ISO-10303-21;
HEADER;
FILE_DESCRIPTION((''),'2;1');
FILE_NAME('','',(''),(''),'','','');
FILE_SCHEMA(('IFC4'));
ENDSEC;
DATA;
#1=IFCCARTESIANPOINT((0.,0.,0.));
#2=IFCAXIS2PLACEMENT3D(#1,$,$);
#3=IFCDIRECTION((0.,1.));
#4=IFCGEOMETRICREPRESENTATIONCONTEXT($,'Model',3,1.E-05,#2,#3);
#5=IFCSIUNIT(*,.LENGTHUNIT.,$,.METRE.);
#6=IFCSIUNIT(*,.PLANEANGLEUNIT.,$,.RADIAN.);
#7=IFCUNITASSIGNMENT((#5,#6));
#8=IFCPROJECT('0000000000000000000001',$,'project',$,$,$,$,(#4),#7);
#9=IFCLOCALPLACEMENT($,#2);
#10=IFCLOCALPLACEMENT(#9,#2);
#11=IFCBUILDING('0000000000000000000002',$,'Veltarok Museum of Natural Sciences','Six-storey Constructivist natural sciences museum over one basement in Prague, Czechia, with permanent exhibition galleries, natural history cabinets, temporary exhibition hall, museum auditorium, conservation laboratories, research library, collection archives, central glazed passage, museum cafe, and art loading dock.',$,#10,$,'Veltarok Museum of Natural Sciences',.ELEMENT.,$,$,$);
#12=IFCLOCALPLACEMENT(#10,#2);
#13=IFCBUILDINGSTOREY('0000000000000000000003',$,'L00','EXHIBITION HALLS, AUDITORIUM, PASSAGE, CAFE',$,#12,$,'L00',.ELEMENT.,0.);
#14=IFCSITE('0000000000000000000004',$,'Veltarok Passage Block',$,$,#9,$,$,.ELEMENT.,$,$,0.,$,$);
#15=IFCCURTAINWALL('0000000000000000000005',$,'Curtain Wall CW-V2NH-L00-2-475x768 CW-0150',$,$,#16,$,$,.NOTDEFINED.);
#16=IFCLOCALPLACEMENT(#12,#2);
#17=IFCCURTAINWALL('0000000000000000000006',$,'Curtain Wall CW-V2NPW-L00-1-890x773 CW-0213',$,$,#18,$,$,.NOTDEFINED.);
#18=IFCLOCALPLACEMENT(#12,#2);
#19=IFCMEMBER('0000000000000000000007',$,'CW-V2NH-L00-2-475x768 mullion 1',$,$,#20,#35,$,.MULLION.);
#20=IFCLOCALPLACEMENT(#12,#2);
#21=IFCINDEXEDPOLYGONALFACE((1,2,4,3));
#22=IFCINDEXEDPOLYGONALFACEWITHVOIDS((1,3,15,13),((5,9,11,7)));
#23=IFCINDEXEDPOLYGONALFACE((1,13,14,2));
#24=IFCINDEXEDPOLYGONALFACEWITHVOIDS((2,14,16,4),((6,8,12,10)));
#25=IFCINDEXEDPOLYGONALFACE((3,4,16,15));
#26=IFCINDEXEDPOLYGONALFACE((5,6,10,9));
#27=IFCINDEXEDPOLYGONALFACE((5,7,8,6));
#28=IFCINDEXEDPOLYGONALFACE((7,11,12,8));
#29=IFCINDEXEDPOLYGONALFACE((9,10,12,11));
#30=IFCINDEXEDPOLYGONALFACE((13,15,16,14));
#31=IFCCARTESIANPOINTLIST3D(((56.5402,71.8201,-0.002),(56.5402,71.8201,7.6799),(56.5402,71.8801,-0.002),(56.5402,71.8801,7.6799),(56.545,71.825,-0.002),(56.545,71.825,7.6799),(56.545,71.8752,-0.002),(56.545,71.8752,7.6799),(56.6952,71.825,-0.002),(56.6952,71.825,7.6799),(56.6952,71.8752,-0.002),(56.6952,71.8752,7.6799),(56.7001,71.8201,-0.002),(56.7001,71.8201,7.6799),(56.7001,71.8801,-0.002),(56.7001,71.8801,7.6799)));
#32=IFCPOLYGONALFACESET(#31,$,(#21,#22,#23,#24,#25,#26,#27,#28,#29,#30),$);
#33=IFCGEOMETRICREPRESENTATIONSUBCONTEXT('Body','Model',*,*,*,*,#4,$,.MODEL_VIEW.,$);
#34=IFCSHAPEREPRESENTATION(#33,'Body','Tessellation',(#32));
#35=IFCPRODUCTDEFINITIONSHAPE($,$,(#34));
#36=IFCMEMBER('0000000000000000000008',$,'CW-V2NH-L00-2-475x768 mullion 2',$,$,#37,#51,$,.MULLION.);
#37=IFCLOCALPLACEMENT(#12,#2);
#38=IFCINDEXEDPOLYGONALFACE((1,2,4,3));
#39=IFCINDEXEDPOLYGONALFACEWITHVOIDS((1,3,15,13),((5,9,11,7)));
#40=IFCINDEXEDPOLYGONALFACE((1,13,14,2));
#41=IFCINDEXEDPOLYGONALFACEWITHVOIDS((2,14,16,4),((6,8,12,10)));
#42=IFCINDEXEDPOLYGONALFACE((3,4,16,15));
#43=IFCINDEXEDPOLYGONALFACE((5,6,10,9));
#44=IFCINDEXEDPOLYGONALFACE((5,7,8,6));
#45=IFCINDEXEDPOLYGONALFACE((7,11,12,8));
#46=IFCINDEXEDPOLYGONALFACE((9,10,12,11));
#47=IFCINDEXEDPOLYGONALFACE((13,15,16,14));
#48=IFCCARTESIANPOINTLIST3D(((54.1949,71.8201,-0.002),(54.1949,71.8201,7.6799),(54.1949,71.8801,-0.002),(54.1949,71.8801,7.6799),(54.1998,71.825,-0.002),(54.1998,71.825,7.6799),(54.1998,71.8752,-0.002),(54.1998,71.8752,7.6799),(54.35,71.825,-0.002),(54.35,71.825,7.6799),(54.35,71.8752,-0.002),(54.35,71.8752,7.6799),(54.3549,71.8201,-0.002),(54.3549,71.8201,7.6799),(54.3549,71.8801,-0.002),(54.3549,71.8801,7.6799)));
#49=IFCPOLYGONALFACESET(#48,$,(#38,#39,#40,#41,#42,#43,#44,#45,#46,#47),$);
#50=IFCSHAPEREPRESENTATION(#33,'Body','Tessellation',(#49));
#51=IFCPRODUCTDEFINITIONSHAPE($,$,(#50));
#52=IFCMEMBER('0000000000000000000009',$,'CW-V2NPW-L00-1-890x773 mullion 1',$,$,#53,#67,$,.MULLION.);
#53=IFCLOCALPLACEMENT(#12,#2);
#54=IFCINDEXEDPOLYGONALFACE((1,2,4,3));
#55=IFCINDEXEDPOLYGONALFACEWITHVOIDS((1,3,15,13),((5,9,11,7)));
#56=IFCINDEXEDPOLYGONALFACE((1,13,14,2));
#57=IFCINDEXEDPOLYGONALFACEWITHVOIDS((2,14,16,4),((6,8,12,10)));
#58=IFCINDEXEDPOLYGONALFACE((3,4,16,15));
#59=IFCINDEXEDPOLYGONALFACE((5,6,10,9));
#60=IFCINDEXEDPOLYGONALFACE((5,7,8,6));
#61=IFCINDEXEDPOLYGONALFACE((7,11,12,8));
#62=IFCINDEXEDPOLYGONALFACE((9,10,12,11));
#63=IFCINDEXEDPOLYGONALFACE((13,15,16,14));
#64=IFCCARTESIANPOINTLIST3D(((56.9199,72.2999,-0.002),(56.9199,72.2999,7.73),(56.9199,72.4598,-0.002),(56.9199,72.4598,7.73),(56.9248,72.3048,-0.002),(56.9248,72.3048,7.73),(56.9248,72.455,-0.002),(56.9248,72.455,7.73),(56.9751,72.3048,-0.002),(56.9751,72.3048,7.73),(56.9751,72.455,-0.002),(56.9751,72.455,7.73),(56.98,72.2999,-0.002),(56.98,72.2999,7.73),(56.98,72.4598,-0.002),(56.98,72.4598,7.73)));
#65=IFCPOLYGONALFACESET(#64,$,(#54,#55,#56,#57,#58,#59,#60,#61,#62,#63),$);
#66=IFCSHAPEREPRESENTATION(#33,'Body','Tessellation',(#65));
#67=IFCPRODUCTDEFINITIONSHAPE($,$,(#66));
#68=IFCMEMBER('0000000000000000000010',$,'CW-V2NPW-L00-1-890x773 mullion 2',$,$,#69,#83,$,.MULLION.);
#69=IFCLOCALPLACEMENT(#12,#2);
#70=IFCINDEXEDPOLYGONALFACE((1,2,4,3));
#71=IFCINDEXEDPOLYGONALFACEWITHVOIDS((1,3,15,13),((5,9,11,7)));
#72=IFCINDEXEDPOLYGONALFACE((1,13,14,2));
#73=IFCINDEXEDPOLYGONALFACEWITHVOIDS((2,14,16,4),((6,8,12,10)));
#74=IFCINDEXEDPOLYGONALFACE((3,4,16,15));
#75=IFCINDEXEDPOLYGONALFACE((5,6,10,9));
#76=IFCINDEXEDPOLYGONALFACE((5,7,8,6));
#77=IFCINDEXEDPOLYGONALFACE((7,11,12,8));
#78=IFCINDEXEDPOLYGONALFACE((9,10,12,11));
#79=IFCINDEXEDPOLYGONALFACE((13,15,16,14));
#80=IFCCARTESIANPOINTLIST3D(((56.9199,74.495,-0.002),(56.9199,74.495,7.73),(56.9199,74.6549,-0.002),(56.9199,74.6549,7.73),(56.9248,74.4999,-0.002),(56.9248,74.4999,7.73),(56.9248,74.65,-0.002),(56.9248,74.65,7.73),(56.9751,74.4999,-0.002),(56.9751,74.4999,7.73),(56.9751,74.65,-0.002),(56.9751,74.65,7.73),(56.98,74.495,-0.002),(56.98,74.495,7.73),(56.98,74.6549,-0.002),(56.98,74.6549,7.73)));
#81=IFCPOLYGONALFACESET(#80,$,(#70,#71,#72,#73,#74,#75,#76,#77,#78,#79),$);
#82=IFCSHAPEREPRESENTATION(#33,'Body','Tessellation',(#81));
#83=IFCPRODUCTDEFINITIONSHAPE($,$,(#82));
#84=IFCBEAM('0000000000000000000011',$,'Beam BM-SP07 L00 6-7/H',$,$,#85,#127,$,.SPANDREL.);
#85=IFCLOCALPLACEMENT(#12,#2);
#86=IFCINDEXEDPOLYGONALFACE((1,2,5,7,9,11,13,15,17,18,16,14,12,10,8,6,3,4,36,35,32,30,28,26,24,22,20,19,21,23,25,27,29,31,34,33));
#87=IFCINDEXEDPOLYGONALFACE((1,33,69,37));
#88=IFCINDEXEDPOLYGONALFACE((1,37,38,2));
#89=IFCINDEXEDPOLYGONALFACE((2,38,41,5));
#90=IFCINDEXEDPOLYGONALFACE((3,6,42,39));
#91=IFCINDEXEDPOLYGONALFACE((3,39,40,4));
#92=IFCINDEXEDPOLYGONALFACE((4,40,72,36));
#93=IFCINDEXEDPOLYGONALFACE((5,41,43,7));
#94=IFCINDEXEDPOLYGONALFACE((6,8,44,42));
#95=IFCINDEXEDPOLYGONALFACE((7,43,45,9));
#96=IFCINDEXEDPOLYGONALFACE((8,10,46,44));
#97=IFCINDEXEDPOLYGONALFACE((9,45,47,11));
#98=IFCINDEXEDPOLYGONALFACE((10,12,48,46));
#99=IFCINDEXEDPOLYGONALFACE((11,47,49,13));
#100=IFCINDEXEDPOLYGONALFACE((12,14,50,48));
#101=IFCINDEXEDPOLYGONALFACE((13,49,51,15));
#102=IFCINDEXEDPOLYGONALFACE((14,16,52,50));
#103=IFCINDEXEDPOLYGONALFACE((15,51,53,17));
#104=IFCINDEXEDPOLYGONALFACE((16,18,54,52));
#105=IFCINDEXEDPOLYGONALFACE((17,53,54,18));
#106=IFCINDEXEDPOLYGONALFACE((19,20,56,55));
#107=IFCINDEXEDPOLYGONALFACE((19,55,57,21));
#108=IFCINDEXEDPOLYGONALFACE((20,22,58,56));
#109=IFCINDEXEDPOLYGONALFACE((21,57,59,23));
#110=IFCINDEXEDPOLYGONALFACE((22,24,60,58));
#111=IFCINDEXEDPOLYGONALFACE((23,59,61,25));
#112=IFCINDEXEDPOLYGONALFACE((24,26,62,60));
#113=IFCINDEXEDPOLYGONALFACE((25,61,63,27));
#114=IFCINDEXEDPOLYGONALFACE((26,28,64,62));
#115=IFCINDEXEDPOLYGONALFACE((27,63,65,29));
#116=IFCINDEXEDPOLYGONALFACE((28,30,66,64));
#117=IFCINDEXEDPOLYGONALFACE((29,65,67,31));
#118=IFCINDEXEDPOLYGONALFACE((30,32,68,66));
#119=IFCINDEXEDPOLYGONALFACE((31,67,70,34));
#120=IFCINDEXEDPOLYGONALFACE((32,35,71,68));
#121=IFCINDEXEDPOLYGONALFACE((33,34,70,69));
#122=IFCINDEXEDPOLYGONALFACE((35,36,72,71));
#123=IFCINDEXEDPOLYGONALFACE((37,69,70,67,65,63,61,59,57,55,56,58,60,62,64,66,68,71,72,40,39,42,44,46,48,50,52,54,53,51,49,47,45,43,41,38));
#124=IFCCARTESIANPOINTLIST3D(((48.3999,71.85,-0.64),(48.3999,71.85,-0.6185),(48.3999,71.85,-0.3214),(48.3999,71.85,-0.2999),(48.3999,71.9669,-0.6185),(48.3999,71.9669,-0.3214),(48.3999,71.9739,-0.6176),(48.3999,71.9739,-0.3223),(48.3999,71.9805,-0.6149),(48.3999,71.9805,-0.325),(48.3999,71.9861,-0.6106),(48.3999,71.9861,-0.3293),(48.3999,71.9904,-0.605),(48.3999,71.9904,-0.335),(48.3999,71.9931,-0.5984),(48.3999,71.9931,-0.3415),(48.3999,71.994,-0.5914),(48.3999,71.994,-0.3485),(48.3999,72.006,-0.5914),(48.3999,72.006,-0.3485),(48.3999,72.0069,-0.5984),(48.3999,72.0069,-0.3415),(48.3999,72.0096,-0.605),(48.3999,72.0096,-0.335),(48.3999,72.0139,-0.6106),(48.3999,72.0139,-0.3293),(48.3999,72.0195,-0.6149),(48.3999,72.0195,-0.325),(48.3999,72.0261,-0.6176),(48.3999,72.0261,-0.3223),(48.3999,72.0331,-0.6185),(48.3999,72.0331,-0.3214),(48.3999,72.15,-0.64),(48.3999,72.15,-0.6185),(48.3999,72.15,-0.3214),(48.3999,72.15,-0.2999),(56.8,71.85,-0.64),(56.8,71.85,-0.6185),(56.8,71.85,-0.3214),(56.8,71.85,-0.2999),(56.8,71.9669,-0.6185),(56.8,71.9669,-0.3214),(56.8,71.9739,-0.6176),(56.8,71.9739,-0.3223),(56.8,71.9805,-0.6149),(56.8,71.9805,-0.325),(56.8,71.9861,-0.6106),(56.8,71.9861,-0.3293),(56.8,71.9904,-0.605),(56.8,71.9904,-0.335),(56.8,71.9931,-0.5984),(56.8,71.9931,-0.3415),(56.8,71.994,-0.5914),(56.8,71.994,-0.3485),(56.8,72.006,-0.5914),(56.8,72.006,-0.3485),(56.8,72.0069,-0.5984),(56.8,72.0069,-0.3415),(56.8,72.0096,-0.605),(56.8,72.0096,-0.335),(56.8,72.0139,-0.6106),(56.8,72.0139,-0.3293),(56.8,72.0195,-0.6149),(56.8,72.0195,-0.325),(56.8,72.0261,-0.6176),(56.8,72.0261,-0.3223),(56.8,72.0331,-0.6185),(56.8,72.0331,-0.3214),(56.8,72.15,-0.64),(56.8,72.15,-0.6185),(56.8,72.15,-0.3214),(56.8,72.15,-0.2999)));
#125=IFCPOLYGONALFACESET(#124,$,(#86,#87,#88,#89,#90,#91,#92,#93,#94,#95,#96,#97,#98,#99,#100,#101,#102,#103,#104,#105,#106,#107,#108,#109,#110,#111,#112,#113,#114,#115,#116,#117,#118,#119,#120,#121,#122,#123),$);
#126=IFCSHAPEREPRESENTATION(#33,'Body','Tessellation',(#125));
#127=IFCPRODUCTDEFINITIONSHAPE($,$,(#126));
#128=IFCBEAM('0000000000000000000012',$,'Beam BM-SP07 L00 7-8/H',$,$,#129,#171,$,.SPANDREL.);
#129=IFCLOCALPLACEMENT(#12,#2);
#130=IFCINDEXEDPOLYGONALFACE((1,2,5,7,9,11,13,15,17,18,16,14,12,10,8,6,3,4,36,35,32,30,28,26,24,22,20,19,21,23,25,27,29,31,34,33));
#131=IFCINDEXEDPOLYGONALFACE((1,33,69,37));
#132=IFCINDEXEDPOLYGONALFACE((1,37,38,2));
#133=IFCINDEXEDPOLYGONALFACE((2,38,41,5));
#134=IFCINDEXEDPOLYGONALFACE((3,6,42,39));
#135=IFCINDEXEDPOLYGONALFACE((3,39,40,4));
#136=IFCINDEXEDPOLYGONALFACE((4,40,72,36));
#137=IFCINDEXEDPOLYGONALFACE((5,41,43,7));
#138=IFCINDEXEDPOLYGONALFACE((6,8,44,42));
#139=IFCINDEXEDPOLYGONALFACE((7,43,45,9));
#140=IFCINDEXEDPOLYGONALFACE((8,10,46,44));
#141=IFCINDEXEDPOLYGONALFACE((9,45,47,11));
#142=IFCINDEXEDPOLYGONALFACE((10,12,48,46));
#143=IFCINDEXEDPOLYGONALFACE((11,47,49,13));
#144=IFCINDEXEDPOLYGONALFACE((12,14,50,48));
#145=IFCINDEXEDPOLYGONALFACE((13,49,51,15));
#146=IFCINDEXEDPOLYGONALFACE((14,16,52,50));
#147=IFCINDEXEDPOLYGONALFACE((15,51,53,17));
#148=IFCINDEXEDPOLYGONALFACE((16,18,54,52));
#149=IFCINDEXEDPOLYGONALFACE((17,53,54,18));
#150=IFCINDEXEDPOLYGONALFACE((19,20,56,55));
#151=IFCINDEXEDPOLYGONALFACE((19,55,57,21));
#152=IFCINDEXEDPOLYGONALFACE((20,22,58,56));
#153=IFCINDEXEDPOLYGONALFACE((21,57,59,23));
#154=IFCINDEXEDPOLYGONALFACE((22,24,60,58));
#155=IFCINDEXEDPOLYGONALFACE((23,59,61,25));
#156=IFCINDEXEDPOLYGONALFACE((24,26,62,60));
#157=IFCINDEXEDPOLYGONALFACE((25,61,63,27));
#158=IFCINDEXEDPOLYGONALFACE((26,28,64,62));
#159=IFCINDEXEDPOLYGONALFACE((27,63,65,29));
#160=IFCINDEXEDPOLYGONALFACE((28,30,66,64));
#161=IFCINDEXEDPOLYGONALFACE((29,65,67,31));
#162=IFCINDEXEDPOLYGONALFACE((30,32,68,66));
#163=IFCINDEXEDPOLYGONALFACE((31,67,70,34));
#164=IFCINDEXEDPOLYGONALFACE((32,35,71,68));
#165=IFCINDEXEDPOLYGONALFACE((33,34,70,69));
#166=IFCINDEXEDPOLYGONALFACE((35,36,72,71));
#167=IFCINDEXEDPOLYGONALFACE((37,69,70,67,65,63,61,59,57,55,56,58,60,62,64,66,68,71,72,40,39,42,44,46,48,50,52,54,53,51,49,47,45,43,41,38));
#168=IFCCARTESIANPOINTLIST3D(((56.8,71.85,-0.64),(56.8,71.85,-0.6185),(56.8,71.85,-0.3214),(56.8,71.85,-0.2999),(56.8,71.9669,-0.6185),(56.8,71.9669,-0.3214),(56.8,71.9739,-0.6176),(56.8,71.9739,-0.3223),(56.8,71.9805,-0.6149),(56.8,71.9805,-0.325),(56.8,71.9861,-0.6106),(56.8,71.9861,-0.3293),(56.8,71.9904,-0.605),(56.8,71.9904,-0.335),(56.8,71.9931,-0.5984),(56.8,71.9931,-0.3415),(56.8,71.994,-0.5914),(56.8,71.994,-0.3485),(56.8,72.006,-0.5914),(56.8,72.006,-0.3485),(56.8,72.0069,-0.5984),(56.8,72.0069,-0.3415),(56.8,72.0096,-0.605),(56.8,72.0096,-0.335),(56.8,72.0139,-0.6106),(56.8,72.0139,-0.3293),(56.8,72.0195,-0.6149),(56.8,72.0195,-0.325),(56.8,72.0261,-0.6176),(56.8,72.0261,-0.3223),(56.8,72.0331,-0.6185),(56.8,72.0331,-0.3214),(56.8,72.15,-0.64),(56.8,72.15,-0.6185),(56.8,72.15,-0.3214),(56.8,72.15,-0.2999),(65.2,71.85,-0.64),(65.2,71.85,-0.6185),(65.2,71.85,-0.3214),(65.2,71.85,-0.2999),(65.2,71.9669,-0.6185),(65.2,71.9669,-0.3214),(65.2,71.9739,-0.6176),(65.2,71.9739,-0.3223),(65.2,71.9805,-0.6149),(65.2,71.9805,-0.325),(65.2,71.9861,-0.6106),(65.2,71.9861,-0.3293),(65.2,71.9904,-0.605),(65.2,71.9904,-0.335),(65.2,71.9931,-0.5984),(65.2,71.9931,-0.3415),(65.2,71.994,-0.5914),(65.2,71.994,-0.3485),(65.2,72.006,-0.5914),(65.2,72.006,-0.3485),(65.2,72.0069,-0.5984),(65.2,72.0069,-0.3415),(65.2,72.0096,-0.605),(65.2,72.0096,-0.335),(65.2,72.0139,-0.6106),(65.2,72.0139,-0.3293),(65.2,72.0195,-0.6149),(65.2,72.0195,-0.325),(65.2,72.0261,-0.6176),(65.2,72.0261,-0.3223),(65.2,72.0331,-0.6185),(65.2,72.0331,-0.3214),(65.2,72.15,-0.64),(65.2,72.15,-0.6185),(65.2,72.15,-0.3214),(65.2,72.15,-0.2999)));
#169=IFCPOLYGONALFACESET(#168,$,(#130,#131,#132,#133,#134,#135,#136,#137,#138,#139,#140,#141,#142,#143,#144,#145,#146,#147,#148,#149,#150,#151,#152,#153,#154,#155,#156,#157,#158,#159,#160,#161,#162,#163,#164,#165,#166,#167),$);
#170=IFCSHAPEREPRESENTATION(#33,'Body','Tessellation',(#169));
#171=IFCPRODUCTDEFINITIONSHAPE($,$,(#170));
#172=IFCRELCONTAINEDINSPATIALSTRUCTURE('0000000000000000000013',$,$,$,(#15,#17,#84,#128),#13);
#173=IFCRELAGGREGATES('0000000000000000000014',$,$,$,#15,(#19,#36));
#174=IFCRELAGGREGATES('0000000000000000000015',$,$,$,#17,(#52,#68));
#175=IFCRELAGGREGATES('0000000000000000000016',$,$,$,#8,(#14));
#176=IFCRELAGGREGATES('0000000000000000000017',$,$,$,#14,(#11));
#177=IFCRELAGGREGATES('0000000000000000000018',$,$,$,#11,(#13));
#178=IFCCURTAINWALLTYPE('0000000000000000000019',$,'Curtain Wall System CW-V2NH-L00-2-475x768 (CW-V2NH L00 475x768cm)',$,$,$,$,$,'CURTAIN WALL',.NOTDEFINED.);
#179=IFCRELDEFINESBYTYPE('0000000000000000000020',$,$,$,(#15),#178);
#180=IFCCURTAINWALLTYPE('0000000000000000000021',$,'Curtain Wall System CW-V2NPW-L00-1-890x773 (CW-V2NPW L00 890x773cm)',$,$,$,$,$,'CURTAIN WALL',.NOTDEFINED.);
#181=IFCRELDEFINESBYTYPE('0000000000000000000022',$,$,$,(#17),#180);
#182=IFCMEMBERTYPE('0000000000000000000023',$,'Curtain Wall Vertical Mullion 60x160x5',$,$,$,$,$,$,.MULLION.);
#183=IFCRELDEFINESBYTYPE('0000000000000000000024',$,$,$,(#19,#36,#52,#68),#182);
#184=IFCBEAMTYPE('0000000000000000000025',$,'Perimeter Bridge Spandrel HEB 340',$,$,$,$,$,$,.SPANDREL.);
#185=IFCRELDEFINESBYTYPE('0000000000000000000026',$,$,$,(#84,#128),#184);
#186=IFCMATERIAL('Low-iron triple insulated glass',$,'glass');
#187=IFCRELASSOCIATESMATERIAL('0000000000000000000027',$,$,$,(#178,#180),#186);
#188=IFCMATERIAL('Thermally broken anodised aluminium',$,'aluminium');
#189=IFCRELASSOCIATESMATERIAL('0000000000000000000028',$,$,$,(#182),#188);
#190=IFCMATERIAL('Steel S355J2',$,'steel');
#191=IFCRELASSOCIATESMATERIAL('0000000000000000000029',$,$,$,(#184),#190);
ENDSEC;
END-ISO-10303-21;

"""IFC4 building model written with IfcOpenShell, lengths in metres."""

from ifc_helpers import new_model, si_unit, direction, frame, origin, origin_2d, place, context, subcontext, project, spatial, hollow_rectangle, i_section, extrude, material, material_profile, profile_set, type_object, element, aggregate, save


model = new_model("IFC4")

# Units and contexts
model_context = context("Model", 3, precision=1e-05, world=origin(), true_north=direction((0.0, 1.0)))
body_context = subcontext(model_context, "Body", "Model", "MODEL_VIEW")
ifc_project = project(units=[si_unit("LENGTHUNIT", "METRE"), si_unit("PLANEANGLEUNIT", "RADIAN")], contexts=[model_context])

# Site, building, storey
site_placement = place(None, origin())
site = spatial("IfcSite", under=ifc_project, at=site_placement, Name="Veltarok Passage Block", CompositionType="ELEMENT", RefElevation=0.0)
building_placement = place(site_placement, origin())
building = spatial("IfcBuilding", under=site, at=building_placement, Name="Veltarok Museum of Natural Sciences", Description="Six-storey Constructivist natural sciences museum over one basement in Prague, Czechia, with permanent exhibition galleries, natural history cabinets, temporary exhibition hall, museum auditorium, conservation laboratories, research library, collection archives, central glazed passage, museum cafe, and art loading dock.", LongName="Veltarok Museum of Natural Sciences", CompositionType="ELEMENT")
storey_placement = place(building_placement, origin())
storey = spatial("IfcBuildingStorey", under=building, at=storey_placement, Name="L00", Description="EXHIBITION HALLS, AUDITORIUM, PASSAGE, CAFE", LongName="L00", CompositionType="ELEMENT", Elevation=0.0)

# Shared definitions
ifc_material_1 = material(Name="Steel S355J2", Category="steel")

# Curtain walls
ifc_material_2 = material(Name="Low-iron triple insulated glass", Category="glass")
curtain_wall_type_1 = type_object("IfcCurtainWallType", Name="Curtain Wall System CW-V2NH-L00-2-475x768 (CW-V2NH L00 475x768cm)", ElementType="CURTAIN WALL", PredefinedType="NOTDEFINED", material=ifc_material_2)
curtain_wall_1_placement = place(storey_placement, origin())
curtain_wall_1 = element("IfcCurtainWall", 1, at=curtain_wall_1_placement, inside=storey, type_object=curtain_wall_type_1, Name="Curtain Wall CW-V2NH-L00-2-475x768 CW-0150", PredefinedType="NOTDEFINED")
ifc_material_3 = material(Name="Thermally broken anodised aluminium", Category="aluminium")
curtain_wall_type_2 = type_object("IfcCurtainWallType", Name="Curtain Wall System CW-V2NPW-L00-1-890x773 (CW-V2NPW L00 890x773cm)", ElementType="CURTAIN WALL", PredefinedType="NOTDEFINED", material=ifc_material_2)
curtain_wall_2_placement = place(storey_placement, origin())
curtain_wall_2 = element("IfcCurtainWall", 2, at=curtain_wall_2_placement, inside=storey, type_object=curtain_wall_type_2, Name="Curtain Wall CW-V2NPW-L00-1-890x773 CW-0213", PredefinedType="NOTDEFINED")

# Members
ifc_material_profile_1 = material_profile(ifc_material_3, hollow_rectangle(XDim=0.0601, YDim=0.1599, WallThickness=0.0049, at=origin_2d()), Name="CW MULLION 60x160x5")
ifc_profile_set_1 = profile_set([ifc_material_profile_1], Name="Thermally broken anodised aluminium")
member_type_1 = type_object("IfcMemberType", Name="Curtain Wall Vertical Mullion 60x160x5", PredefinedType="MULLION", material=ifc_profile_set_1)
member_1_placement = place(storey_placement, frame((56.6201, 71.8501, -0.002), z_axis=(0.0, 0.0, 1.0), x_axis=(0.0, -1.0, 0.0)))
member_1 = element("IfcMember", 3, at=member_1_placement, type_object=member_type_1, Name="CW-V2NH-L00-2-475x768 mullion 1", PredefinedType="MULLION", context=body_context, shape_type="SweptSolid", body=[
    extrude(hollow_rectangle(XDim=0.0601, YDim=0.1599, WallThickness=0.0049, at=origin_2d()), origin(), (0.0, 0.0, 1.0), 7.6819),
])
member_2_placement = place(storey_placement, frame((54.2749, 71.8501, -0.002), z_axis=(0.0, 0.0, 1.0), x_axis=(0.0, -1.0, 0.0)))
member_2 = element("IfcMember", 4, at=member_2_placement, type_object=member_type_1, Name="CW-V2NH-L00-2-475x768 mullion 2", PredefinedType="MULLION", context=body_context, shape_type="SweptSolid", body=[
    extrude(hollow_rectangle(XDim=0.0601, YDim=0.1599, WallThickness=0.0049, at=origin_2d()), origin(), (0.0, 0.0, 1.0), 7.6819),
])
member_3_placement = place(storey_placement, frame((56.95, 72.3799, -0.002), z_axis=(0.0, 0.0, 1.0), x_axis=(-1.0, 0.0, 0.0)))
member_3 = element("IfcMember", 5, at=member_3_placement, type_object=member_type_1, Name="CW-V2NPW-L00-1-890x773 mullion 1", PredefinedType="MULLION", context=body_context, shape_type="SweptSolid", body=[
    extrude(hollow_rectangle(XDim=0.0601, YDim=0.1599, WallThickness=0.0049, at=origin_2d()), origin(), (0.0, 0.0, 1.0), 7.7319),
])
member_4_placement = place(storey_placement, frame((56.95, 74.575, -0.002), z_axis=(0.0, 0.0, 1.0), x_axis=(-1.0, 0.0, 0.0)))
member_4 = element("IfcMember", 6, at=member_4_placement, type_object=member_type_1, Name="CW-V2NPW-L00-1-890x773 mullion 2", PredefinedType="MULLION", context=body_context, shape_type="SweptSolid", body=[
    extrude(hollow_rectangle(XDim=0.0601, YDim=0.1599, WallThickness=0.0049, at=origin_2d()), origin(), (0.0, 0.0, 1.0), 7.7319),
])

# Beams
ifc_material_profile_2 = material_profile(ifc_material_1, i_section(OverallWidth=0.3, OverallDepth=0.3401, WebThickness=0.012, FlangeThickness=0.0215, FilletRadius=0.0271, at=origin_2d()), Name="HEB 340")
ifc_profile_set_2 = profile_set([ifc_material_profile_2], Name="Steel S355J2")
beam_type = type_object("IfcBeamType", Name="Perimeter Bridge Spandrel HEB 340", PredefinedType="SPANDREL", material=ifc_profile_set_2)
beam_1_placement = place(storey_placement, frame((48.3999, 72.0, -0.47), z_axis=(1.0, 0.0, 0.0), x_axis=(0.0, 1.0, 0.0)))
element("IfcBeam", 7, at=beam_1_placement, inside=storey, type_object=beam_type, Name="Beam BM-SP07 L00 6-7/H", PredefinedType="SPANDREL", context=body_context, shape_type="SweptSolid", body=[
    extrude(i_section(OverallWidth=0.3, OverallDepth=0.3401, WebThickness=0.012, FlangeThickness=0.0215, FilletRadius=0.0271, at=origin_2d()), origin(), (0.0, 0.0, 1.0), 8.4001),
])
for number, where, z_axis, x_axis, name in (
    (8, (56.8, 72.0, -0.47), (1.0, 0.0, 0.0), (0.0, 1.0, 0.0), "Beam BM-SP07 L00 7-8/H"),
):
    element("IfcBeam", number, at=place(storey_placement, frame(where, z_axis=z_axis, x_axis=x_axis)), inside=storey, type_object=beam_type, Name=name, PredefinedType="SPANDREL", context=body_context, shape_type="SweptSolid", body=[
        extrude(i_section(OverallWidth=0.3, OverallDepth=0.3401, WebThickness=0.012, FlangeThickness=0.0215, FilletRadius=0.0271, at=origin_2d()), origin(), (0.0, 0.0, 1.0), 8.3999),
    ])

aggregate(curtain_wall_1, [member_1, member_2])
aggregate(curtain_wall_2, [member_3, member_4])

save(model, "model.ifc")
